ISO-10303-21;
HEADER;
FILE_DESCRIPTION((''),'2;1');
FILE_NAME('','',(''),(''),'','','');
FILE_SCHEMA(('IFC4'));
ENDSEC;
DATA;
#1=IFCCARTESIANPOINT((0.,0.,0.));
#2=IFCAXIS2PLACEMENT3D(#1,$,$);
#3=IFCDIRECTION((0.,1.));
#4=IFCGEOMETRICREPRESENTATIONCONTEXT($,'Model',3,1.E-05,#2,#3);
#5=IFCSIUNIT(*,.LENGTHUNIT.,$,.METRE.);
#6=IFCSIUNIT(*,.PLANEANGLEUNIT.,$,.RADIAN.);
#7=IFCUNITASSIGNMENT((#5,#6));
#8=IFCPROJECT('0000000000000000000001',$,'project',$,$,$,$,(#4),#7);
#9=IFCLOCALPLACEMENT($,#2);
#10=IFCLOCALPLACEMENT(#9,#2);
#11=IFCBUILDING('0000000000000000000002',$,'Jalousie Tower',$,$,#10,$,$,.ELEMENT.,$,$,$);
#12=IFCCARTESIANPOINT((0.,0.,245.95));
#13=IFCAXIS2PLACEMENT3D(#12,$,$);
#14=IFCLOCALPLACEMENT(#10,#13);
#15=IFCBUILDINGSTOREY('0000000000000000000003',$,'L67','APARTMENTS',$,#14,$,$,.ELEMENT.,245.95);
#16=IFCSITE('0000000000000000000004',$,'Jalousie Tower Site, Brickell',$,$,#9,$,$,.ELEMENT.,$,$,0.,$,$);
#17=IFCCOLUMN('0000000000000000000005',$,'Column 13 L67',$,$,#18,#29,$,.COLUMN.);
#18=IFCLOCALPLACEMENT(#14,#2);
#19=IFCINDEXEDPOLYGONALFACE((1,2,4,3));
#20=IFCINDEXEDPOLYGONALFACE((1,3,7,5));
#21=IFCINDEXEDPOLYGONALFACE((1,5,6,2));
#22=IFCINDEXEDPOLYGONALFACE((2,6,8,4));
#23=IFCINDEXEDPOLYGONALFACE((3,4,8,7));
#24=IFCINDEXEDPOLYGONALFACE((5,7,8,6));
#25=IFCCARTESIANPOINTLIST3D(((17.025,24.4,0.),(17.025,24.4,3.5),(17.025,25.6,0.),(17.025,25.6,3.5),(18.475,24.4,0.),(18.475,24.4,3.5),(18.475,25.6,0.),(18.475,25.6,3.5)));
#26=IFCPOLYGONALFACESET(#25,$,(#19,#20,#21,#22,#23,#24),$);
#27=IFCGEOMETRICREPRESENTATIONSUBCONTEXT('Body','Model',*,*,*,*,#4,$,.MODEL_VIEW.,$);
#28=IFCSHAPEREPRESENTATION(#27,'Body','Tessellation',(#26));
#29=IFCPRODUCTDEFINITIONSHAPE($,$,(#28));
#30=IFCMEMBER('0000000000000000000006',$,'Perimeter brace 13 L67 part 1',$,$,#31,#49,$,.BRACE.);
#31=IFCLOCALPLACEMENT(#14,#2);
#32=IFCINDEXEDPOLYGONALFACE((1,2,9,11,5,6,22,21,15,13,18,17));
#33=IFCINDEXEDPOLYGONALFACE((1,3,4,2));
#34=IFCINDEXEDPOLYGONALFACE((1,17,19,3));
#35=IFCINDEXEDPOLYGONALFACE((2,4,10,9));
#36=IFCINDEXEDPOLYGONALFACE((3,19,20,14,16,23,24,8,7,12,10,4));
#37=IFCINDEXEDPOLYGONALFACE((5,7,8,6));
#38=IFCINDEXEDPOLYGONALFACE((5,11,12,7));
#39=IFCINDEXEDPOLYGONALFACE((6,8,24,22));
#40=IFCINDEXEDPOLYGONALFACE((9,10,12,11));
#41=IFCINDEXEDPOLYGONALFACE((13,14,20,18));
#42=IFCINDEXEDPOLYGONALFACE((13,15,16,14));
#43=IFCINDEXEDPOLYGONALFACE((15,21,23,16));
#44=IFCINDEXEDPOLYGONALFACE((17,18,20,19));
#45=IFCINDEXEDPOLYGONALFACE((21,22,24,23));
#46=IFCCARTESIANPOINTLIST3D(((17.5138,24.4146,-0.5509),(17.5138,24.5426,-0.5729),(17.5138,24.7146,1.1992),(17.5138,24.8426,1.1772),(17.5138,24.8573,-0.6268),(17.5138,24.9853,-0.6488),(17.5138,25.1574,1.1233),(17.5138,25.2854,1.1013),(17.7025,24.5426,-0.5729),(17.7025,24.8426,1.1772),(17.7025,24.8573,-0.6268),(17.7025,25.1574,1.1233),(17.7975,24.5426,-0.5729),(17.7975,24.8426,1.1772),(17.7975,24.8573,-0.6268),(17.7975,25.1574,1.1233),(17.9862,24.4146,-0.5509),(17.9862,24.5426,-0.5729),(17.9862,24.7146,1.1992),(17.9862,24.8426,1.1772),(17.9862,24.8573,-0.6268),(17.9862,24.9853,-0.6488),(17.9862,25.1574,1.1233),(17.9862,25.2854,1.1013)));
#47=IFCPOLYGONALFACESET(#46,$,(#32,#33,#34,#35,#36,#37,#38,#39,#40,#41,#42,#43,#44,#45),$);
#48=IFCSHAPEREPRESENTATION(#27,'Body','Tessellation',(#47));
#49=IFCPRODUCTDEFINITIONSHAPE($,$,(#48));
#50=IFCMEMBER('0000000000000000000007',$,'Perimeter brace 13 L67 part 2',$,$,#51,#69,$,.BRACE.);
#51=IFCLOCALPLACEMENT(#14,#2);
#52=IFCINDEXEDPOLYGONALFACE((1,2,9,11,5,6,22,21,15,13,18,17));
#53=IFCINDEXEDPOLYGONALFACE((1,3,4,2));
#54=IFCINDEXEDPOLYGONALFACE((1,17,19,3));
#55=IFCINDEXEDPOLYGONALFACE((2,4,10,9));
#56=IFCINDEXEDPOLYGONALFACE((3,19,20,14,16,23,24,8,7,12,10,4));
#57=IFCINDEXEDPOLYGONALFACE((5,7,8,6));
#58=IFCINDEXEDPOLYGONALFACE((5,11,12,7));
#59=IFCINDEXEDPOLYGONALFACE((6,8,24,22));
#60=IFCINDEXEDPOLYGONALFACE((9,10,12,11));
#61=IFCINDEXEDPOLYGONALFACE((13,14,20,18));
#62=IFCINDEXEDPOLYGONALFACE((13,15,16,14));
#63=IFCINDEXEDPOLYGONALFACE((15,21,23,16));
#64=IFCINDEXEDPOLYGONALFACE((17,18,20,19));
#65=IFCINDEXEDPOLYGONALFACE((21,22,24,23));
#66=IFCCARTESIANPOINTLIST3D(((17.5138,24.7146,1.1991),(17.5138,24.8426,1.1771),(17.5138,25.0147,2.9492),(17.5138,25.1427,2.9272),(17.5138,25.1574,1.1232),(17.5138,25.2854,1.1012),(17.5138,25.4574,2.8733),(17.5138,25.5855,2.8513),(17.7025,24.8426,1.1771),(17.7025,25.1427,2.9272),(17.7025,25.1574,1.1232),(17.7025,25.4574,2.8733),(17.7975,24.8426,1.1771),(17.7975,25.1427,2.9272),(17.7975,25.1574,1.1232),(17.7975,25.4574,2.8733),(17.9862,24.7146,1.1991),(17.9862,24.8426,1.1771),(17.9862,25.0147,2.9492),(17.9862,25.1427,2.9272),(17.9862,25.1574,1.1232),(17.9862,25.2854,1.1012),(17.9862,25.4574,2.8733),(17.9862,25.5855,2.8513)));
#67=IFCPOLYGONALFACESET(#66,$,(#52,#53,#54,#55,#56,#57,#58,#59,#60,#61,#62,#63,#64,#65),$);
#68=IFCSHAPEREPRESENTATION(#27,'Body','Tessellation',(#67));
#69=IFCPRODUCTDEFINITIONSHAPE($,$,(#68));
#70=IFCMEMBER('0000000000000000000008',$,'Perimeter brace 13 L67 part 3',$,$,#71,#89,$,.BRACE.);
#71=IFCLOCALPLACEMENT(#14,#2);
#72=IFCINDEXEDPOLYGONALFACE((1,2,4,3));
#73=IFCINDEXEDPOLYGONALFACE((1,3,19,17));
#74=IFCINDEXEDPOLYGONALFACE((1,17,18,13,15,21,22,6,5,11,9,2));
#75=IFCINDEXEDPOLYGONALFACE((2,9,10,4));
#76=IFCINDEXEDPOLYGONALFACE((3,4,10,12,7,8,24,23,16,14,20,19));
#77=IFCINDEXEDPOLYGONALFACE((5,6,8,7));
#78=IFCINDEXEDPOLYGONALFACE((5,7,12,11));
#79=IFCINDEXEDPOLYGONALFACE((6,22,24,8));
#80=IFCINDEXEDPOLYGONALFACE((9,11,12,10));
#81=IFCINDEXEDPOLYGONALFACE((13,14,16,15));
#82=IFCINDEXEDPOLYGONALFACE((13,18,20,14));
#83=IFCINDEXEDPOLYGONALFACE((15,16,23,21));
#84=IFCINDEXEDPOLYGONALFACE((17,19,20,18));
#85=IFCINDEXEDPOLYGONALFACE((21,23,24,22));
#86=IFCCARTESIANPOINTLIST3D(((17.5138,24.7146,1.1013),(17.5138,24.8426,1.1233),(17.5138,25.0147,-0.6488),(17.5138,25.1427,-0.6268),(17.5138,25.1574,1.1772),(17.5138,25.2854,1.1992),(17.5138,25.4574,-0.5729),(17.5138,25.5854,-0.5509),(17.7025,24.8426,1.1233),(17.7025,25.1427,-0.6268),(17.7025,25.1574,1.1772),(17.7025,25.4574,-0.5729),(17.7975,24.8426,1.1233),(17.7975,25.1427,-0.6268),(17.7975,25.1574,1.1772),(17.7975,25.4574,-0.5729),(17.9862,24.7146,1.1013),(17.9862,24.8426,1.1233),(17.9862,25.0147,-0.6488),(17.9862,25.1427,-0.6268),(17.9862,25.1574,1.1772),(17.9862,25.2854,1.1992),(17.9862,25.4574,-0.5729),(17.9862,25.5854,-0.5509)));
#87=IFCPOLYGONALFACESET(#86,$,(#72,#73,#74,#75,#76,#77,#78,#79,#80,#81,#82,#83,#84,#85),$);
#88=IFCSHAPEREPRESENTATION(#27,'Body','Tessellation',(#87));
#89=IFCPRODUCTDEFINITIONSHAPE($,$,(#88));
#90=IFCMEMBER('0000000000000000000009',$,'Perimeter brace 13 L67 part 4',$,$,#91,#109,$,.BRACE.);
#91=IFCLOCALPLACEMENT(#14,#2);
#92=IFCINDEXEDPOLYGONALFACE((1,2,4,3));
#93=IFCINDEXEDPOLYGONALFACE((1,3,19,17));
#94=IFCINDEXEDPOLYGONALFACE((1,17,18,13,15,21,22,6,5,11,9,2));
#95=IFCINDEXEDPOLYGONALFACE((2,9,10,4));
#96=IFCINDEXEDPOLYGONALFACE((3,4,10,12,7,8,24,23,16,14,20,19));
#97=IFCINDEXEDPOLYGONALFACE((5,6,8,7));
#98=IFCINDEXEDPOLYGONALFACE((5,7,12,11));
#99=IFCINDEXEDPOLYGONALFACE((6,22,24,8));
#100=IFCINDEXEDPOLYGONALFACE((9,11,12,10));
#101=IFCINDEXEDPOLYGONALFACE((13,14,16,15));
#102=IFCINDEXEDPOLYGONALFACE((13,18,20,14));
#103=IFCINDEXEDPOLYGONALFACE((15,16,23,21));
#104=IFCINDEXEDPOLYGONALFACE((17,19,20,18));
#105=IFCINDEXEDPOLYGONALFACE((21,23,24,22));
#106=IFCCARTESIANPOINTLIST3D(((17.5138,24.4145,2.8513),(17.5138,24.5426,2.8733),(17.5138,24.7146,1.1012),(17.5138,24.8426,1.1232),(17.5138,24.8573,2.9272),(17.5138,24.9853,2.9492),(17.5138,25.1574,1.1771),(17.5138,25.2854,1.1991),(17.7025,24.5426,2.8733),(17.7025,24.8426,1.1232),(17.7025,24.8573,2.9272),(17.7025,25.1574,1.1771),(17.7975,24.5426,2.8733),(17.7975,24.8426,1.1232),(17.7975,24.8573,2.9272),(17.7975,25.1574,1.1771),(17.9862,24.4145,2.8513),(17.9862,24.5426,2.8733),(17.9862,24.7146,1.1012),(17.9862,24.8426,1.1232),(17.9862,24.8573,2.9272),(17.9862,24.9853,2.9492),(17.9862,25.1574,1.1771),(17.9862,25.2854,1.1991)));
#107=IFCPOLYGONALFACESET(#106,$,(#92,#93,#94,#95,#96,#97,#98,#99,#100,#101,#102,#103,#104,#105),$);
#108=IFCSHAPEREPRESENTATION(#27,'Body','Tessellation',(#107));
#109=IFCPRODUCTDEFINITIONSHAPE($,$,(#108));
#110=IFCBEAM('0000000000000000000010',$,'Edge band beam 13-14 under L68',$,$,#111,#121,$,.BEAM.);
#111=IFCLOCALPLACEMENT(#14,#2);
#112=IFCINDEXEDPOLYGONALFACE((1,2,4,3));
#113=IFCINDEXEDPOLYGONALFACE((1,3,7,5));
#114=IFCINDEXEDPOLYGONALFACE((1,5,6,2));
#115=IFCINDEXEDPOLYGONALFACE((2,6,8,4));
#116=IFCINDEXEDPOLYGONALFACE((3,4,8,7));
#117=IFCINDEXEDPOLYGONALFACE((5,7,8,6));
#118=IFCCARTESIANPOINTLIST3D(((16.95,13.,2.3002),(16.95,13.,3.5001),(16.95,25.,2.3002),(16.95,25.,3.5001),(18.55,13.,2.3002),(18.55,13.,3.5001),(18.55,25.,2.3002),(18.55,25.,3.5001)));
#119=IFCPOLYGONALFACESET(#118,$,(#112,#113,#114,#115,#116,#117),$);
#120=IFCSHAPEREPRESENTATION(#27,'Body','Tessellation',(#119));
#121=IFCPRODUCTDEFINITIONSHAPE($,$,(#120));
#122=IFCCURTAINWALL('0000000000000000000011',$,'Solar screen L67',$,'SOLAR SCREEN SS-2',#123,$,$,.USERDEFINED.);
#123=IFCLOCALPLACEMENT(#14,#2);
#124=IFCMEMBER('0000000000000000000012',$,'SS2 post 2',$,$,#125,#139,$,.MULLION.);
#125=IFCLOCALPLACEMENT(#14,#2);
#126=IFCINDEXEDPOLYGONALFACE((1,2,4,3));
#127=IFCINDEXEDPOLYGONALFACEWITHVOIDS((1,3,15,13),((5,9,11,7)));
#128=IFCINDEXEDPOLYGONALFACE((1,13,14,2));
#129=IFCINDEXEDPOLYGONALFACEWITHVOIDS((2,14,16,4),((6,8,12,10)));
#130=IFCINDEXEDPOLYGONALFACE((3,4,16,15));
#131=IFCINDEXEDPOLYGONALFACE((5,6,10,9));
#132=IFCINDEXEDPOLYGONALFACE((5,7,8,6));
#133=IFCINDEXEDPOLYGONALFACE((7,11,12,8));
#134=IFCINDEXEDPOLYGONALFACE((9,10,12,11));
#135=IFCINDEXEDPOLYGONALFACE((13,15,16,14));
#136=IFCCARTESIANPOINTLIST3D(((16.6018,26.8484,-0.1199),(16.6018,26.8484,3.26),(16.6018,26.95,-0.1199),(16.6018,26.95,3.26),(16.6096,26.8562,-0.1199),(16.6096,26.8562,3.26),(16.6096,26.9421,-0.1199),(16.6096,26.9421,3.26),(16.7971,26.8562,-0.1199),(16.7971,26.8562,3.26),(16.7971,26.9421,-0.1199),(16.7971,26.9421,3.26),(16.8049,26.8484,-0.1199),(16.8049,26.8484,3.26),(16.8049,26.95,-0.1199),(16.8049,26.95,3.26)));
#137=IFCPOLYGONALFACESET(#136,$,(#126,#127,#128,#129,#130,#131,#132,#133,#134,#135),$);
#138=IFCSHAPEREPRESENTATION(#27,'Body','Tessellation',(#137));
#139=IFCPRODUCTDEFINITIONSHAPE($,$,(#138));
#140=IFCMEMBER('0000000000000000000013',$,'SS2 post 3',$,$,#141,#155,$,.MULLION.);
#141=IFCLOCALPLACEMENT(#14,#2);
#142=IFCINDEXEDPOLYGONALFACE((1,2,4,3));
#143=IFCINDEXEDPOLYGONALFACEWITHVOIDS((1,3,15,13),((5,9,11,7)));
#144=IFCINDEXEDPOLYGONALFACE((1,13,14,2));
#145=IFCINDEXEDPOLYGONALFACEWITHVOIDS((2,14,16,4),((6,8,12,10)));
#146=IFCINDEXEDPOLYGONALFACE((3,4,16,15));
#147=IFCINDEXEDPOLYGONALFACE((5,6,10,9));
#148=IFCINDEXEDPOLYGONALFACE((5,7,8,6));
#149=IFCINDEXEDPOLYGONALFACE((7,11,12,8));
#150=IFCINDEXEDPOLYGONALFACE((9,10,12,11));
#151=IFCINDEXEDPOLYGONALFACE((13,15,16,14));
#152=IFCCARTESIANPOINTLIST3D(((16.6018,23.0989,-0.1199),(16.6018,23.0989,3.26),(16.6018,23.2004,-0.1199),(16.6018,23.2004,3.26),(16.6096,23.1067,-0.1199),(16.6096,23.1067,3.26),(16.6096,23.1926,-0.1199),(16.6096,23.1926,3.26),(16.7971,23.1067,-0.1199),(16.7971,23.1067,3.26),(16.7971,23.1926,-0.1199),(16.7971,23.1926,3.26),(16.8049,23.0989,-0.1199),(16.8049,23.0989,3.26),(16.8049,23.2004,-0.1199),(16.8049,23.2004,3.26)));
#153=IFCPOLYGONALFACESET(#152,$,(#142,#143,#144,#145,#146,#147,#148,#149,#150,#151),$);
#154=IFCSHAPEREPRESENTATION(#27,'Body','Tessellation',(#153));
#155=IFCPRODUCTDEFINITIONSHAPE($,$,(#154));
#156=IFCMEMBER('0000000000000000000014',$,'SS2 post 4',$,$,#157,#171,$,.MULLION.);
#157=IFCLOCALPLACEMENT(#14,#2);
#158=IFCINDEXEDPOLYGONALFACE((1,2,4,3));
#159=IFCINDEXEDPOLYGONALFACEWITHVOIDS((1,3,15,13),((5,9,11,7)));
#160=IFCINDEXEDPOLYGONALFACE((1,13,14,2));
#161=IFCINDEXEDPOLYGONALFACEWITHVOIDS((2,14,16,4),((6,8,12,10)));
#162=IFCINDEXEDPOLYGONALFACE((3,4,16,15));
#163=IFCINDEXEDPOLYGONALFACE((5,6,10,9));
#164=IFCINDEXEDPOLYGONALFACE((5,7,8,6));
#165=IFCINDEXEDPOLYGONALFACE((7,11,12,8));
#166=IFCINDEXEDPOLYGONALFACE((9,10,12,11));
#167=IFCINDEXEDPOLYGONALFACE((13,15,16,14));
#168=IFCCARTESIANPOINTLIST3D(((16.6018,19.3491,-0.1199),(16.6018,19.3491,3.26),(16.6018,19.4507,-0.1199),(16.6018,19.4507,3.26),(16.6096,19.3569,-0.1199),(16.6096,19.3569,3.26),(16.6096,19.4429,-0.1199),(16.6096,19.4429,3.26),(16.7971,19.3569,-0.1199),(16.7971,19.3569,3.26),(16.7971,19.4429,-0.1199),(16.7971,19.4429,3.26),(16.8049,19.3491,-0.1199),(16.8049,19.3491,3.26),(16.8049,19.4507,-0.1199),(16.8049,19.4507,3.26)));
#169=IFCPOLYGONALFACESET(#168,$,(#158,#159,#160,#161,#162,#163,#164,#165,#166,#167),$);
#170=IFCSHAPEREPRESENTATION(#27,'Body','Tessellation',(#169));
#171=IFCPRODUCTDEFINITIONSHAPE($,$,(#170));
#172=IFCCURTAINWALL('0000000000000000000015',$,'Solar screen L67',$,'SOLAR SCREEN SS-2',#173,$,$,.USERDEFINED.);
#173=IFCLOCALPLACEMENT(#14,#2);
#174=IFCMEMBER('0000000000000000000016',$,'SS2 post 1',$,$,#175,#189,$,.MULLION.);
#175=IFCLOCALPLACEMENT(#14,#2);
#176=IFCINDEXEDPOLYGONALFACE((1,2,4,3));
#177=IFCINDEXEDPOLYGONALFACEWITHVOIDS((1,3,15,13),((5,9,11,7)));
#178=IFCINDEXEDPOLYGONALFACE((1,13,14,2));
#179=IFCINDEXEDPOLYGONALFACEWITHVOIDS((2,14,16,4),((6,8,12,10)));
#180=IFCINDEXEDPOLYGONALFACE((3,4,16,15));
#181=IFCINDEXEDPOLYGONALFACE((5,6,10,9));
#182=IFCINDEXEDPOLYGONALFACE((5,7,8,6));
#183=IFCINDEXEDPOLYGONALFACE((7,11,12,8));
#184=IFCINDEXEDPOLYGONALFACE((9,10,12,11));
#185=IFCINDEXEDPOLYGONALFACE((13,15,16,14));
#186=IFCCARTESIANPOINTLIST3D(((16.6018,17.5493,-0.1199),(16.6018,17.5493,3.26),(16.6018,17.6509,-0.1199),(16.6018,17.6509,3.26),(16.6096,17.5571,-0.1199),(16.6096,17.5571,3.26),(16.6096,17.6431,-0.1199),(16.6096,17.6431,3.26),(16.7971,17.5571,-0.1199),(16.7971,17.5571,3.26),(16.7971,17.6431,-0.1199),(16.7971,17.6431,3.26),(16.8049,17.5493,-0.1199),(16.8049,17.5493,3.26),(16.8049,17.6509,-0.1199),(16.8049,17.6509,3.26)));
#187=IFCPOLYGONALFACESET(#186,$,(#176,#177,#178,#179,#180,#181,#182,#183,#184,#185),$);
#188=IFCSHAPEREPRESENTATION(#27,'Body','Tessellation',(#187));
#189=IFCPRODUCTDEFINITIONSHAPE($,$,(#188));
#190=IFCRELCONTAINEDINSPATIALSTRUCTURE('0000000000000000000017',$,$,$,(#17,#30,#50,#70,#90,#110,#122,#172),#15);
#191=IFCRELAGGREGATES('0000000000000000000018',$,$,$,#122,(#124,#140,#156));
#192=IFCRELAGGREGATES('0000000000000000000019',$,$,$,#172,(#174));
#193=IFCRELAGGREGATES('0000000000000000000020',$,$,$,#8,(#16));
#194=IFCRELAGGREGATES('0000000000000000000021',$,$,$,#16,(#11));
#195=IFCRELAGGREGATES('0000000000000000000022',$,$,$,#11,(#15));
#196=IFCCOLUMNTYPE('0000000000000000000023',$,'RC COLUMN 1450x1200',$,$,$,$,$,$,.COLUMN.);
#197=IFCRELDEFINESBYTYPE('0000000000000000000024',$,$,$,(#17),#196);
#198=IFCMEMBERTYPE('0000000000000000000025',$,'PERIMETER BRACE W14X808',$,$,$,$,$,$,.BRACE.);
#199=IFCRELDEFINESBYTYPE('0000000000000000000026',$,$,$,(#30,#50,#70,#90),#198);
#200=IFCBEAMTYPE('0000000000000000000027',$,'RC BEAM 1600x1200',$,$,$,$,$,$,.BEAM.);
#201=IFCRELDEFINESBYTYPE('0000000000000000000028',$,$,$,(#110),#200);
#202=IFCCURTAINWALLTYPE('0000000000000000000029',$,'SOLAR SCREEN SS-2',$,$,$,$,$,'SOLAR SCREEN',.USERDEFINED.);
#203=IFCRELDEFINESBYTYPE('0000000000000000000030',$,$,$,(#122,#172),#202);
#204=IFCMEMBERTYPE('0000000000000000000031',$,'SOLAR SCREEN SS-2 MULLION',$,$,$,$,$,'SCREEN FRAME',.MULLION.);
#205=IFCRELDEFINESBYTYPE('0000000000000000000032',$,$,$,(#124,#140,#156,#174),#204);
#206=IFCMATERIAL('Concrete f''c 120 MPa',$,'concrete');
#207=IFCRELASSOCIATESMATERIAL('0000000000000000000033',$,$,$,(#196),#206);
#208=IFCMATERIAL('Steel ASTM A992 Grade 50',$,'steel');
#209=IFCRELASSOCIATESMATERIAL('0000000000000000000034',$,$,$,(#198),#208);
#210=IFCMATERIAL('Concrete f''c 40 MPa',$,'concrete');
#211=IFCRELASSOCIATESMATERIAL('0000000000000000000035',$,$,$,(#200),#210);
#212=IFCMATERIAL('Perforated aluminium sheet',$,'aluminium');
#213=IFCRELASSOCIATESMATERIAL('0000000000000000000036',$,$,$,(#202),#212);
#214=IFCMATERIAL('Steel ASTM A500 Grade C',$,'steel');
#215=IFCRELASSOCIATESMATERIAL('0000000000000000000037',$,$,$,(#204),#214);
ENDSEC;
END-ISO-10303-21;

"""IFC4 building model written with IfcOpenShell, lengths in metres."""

from ifc_helpers import new_model, si_unit, direction, frame, origin, origin_2d, place, context, subcontext, project, spatial, rectangle, hollow_rectangle, i_section, extrude, material, material_profile, profile_set, type_object, element, aggregate, save


model = new_model("IFC4")

# Units and contexts
model_context = context("Model", 3, precision=1e-05, world=origin(), true_north=direction((0.0, 1.0)))
body_context = subcontext(model_context, "Body", "Model", "MODEL_VIEW")
ifc_project = project(units=[si_unit("LENGTHUNIT", "METRE"), si_unit("PLANEANGLEUNIT", "RADIAN")], contexts=[model_context])

# Site, building, storey
site_placement = place(None, origin())
site = spatial("IfcSite", under=ifc_project, at=site_placement, Name="Jalousie Tower Site, Brickell", CompositionType="ELEMENT", RefElevation=0.0)
building_placement = place(site_placement, origin())
building = spatial("IfcBuilding", under=site, at=building_placement, Name="Jalousie Tower", CompositionType="ELEMENT")
storey_placement = place(building_placement, frame((0.0, 0.0, 245.95)))
storey = spatial("IfcBuildingStorey", under=building, at=storey_placement, Name="L67", Description="APARTMENTS", CompositionType="ELEMENT", Elevation=245.95)

# Column
ifc_material_1 = material(Name="Concrete f'c 120 MPa", Category="concrete")
ifc_material_profile_1 = material_profile(ifc_material_1, rectangle(XDim=1.45, YDim=1.2, at=origin_2d()), Name="RC 1450x1200")
ifc_profile_set_1 = profile_set([ifc_material_profile_1], Name="Concrete f'c 120 MPa")
column_type = type_object("IfcColumnType", Name="RC COLUMN 1450x1200", PredefinedType="COLUMN", material=ifc_profile_set_1)
column_placement = place(storey_placement, frame((17.75, 25.0, 0.0), z_axis=(0.0, 0.0, 1.0), x_axis=(1.0, 0.0, 0.0)))
element("IfcColumn", 1, at=column_placement, inside=storey, type_object=column_type, Name="Column 13 L67", PredefinedType="COLUMN", context=body_context, shape_type="SweptSolid", body=[
    extrude(rectangle(XDim=1.45, YDim=1.2, at=origin_2d()), origin(), (0.0, 0.0, 1.0), 3.5),
])

# Members
ifc_material_2 = material(Name="Steel ASTM A992 Grade 50", Category="steel")
ifc_material_profile_2 = material_profile(ifc_material_2, i_section(OverallWidth=0.4724, OverallDepth=0.5791, WebThickness=0.095, FlangeThickness=0.1299, at=origin_2d()), Name="W14X808")
ifc_profile_set_2 = profile_set([ifc_material_profile_2], Name="Steel ASTM A992 Grade 50")
member_type_1 = type_object("IfcMemberType", Name="PERIMETER BRACE W14X808", PredefinedType="BRACE", material=ifc_profile_set_2)
for number, where, z_axis, x_axis, name in (
    (2, (17.75, 24.7, -0.5999), (0.0, 0.168991, 0.985618), (-1.0, 0.0, 0.0), "Perimeter brace 13 L67 part 1"),
    (3, (17.75, 25.0, 1.1501), (0.0, 0.168991, 0.985618), (-1.0, 0.0, 0.0), "Perimeter brace 13 L67 part 2"),
    (4, (17.75, 25.3, -0.5999), (0.0, -0.168991, 0.985618), (1.0, 0.0, 0.0), "Perimeter brace 13 L67 part 3"),
    (5, (17.75, 25.0, 1.1501), (0.0, -0.168991, 0.985618), (1.0, 0.0, 0.0), "Perimeter brace 13 L67 part 4"),
):
    element("IfcMember", number, at=place(storey_placement, frame(where, z_axis=z_axis, x_axis=x_axis)), inside=storey, type_object=member_type_1, Name=name, PredefinedType="BRACE", context=body_context, shape_type="SweptSolid", body=[
        extrude(i_section(OverallWidth=0.4724, OverallDepth=0.5791, WebThickness=0.095, FlangeThickness=0.1299, at=origin_2d()), origin(), (0.0, 0.0, 1.0), 1.7756),
    ])

# Beam
ifc_material_3 = material(Name="Concrete f'c 40 MPa", Category="concrete")
ifc_material_profile_3 = material_profile(ifc_material_3, rectangle(XDim=1.6001, YDim=1.2, at=origin_2d()), Name="RC 1600x1200")
ifc_profile_set_3 = profile_set([ifc_material_profile_3], Name="Concrete f'c 40 MPa")
beam_type = type_object("IfcBeamType", Name="RC BEAM 1600x1200", PredefinedType="BEAM", material=ifc_profile_set_3)
beam_placement = place(storey_placement, frame((17.75, 25.0, 2.9001), z_axis=(0.0, -1.0, 0.0), x_axis=(1.0, 0.0, 0.0)))
element("IfcBeam", 6, at=beam_placement, inside=storey, type_object=beam_type, Name="Edge band beam 13-14 under L68", PredefinedType="BEAM", context=body_context, shape_type="SweptSolid", body=[
    extrude(rectangle(XDim=1.6001, YDim=1.2, at=origin_2d()), origin(), (0.0, 0.0, 1.0), 12.0),
])

# Curtain walls, members
ifc_material_4 = material(Name="Perforated aluminium sheet", Category="aluminium")
curtain_wall_type = type_object("IfcCurtainWallType", Name="SOLAR SCREEN SS-2", ElementType="SOLAR SCREEN", PredefinedType="USERDEFINED", material=ifc_material_4)
curtain_wall_1_placement = place(storey_placement, origin())
curtain_wall_1 = element("IfcCurtainWall", 7, at=curtain_wall_1_placement, inside=storey, type_object=curtain_wall_type, Name="Solar screen L67", ObjectType="SOLAR SCREEN SS-2", PredefinedType="USERDEFINED")
ifc_material_5 = material(Name="Steel ASTM A500 Grade C", Category="steel")
ifc_material_profile_4 = material_profile(ifc_material_5, hollow_rectangle(XDim=0.1016, YDim=0.2031, WallThickness=0.0078, at=origin_2d()), Name="HSS8X4X5/16")
ifc_profile_set_4 = profile_set([ifc_material_profile_4], Name="Steel ASTM A500 Grade C")
member_type_2 = type_object("IfcMemberType", Name="SOLAR SCREEN SS-2 MULLION", ElementType="SCREEN FRAME", PredefinedType="MULLION", material=ifc_profile_set_4)
member_1_placement = place(storey_placement, frame((16.7034, 26.8992, -0.1199), z_axis=(0.0, 0.0, 1.0), x_axis=(0.0, -1.0, 0.0)))
member_1 = element("IfcMember", 8, at=member_1_placement, type_object=member_type_2, Name="SS2 post 2", PredefinedType="MULLION", context=body_context, shape_type="SweptSolid", body=[
    extrude(hollow_rectangle(XDim=0.1016, YDim=0.2031, WallThickness=0.0078, at=origin_2d()), origin(), (0.0, 0.0, 1.0), 3.3799),
])
member_2_placement = place(storey_placement, frame((16.7034, 23.1497, -0.1199), z_axis=(0.0, 0.0, 1.0), x_axis=(0.0, -1.0, 0.0)))
member_2 = element("IfcMember", 9, at=member_2_placement, type_object=member_type_2, Name="SS2 post 3", PredefinedType="MULLION", context=body_context, shape_type="SweptSolid", body=[
    extrude(hollow_rectangle(XDim=0.1016, YDim=0.2031, WallThickness=0.0078, at=origin_2d()), origin(), (0.0, 0.0, 1.0), 3.3799),
])
member_3_placement = place(storey_placement, frame((16.7034, 19.3999, -0.1199), z_axis=(0.0, 0.0, 1.0), x_axis=(0.0, -1.0, 0.0)))
member_3 = element("IfcMember", 10, at=member_3_placement, type_object=member_type_2, Name="SS2 post 4", PredefinedType="MULLION", context=body_context, shape_type="SweptSolid", body=[
    extrude(hollow_rectangle(XDim=0.1016, YDim=0.2031, WallThickness=0.0078, at=origin_2d()), origin(), (0.0, 0.0, 1.0), 3.3799),
])
curtain_wall_2_placement = place(storey_placement, origin())
curtain_wall_2 = element("IfcCurtainWall", 11, at=curtain_wall_2_placement, inside=storey, type_object=curtain_wall_type, Name="Solar screen L67", ObjectType="SOLAR SCREEN SS-2", PredefinedType="USERDEFINED")
member_4_placement = place(storey_placement, frame((16.7034, 17.6001, -0.1199), z_axis=(0.0, 0.0, 1.0), x_axis=(0.0, -1.0, 0.0)))
member_4 = element("IfcMember", 12, at=member_4_placement, type_object=member_type_2, Name="SS2 post 1", PredefinedType="MULLION", context=body_context, shape_type="SweptSolid", body=[
    extrude(hollow_rectangle(XDim=0.1016, YDim=0.2031, WallThickness=0.0078, at=origin_2d()), origin(), (0.0, 0.0, 1.0), 3.3799),
])

aggregate(curtain_wall_1, [member_1, member_2, member_3])
aggregate(curtain_wall_2, [member_4])

save(model, "model.ifc")
